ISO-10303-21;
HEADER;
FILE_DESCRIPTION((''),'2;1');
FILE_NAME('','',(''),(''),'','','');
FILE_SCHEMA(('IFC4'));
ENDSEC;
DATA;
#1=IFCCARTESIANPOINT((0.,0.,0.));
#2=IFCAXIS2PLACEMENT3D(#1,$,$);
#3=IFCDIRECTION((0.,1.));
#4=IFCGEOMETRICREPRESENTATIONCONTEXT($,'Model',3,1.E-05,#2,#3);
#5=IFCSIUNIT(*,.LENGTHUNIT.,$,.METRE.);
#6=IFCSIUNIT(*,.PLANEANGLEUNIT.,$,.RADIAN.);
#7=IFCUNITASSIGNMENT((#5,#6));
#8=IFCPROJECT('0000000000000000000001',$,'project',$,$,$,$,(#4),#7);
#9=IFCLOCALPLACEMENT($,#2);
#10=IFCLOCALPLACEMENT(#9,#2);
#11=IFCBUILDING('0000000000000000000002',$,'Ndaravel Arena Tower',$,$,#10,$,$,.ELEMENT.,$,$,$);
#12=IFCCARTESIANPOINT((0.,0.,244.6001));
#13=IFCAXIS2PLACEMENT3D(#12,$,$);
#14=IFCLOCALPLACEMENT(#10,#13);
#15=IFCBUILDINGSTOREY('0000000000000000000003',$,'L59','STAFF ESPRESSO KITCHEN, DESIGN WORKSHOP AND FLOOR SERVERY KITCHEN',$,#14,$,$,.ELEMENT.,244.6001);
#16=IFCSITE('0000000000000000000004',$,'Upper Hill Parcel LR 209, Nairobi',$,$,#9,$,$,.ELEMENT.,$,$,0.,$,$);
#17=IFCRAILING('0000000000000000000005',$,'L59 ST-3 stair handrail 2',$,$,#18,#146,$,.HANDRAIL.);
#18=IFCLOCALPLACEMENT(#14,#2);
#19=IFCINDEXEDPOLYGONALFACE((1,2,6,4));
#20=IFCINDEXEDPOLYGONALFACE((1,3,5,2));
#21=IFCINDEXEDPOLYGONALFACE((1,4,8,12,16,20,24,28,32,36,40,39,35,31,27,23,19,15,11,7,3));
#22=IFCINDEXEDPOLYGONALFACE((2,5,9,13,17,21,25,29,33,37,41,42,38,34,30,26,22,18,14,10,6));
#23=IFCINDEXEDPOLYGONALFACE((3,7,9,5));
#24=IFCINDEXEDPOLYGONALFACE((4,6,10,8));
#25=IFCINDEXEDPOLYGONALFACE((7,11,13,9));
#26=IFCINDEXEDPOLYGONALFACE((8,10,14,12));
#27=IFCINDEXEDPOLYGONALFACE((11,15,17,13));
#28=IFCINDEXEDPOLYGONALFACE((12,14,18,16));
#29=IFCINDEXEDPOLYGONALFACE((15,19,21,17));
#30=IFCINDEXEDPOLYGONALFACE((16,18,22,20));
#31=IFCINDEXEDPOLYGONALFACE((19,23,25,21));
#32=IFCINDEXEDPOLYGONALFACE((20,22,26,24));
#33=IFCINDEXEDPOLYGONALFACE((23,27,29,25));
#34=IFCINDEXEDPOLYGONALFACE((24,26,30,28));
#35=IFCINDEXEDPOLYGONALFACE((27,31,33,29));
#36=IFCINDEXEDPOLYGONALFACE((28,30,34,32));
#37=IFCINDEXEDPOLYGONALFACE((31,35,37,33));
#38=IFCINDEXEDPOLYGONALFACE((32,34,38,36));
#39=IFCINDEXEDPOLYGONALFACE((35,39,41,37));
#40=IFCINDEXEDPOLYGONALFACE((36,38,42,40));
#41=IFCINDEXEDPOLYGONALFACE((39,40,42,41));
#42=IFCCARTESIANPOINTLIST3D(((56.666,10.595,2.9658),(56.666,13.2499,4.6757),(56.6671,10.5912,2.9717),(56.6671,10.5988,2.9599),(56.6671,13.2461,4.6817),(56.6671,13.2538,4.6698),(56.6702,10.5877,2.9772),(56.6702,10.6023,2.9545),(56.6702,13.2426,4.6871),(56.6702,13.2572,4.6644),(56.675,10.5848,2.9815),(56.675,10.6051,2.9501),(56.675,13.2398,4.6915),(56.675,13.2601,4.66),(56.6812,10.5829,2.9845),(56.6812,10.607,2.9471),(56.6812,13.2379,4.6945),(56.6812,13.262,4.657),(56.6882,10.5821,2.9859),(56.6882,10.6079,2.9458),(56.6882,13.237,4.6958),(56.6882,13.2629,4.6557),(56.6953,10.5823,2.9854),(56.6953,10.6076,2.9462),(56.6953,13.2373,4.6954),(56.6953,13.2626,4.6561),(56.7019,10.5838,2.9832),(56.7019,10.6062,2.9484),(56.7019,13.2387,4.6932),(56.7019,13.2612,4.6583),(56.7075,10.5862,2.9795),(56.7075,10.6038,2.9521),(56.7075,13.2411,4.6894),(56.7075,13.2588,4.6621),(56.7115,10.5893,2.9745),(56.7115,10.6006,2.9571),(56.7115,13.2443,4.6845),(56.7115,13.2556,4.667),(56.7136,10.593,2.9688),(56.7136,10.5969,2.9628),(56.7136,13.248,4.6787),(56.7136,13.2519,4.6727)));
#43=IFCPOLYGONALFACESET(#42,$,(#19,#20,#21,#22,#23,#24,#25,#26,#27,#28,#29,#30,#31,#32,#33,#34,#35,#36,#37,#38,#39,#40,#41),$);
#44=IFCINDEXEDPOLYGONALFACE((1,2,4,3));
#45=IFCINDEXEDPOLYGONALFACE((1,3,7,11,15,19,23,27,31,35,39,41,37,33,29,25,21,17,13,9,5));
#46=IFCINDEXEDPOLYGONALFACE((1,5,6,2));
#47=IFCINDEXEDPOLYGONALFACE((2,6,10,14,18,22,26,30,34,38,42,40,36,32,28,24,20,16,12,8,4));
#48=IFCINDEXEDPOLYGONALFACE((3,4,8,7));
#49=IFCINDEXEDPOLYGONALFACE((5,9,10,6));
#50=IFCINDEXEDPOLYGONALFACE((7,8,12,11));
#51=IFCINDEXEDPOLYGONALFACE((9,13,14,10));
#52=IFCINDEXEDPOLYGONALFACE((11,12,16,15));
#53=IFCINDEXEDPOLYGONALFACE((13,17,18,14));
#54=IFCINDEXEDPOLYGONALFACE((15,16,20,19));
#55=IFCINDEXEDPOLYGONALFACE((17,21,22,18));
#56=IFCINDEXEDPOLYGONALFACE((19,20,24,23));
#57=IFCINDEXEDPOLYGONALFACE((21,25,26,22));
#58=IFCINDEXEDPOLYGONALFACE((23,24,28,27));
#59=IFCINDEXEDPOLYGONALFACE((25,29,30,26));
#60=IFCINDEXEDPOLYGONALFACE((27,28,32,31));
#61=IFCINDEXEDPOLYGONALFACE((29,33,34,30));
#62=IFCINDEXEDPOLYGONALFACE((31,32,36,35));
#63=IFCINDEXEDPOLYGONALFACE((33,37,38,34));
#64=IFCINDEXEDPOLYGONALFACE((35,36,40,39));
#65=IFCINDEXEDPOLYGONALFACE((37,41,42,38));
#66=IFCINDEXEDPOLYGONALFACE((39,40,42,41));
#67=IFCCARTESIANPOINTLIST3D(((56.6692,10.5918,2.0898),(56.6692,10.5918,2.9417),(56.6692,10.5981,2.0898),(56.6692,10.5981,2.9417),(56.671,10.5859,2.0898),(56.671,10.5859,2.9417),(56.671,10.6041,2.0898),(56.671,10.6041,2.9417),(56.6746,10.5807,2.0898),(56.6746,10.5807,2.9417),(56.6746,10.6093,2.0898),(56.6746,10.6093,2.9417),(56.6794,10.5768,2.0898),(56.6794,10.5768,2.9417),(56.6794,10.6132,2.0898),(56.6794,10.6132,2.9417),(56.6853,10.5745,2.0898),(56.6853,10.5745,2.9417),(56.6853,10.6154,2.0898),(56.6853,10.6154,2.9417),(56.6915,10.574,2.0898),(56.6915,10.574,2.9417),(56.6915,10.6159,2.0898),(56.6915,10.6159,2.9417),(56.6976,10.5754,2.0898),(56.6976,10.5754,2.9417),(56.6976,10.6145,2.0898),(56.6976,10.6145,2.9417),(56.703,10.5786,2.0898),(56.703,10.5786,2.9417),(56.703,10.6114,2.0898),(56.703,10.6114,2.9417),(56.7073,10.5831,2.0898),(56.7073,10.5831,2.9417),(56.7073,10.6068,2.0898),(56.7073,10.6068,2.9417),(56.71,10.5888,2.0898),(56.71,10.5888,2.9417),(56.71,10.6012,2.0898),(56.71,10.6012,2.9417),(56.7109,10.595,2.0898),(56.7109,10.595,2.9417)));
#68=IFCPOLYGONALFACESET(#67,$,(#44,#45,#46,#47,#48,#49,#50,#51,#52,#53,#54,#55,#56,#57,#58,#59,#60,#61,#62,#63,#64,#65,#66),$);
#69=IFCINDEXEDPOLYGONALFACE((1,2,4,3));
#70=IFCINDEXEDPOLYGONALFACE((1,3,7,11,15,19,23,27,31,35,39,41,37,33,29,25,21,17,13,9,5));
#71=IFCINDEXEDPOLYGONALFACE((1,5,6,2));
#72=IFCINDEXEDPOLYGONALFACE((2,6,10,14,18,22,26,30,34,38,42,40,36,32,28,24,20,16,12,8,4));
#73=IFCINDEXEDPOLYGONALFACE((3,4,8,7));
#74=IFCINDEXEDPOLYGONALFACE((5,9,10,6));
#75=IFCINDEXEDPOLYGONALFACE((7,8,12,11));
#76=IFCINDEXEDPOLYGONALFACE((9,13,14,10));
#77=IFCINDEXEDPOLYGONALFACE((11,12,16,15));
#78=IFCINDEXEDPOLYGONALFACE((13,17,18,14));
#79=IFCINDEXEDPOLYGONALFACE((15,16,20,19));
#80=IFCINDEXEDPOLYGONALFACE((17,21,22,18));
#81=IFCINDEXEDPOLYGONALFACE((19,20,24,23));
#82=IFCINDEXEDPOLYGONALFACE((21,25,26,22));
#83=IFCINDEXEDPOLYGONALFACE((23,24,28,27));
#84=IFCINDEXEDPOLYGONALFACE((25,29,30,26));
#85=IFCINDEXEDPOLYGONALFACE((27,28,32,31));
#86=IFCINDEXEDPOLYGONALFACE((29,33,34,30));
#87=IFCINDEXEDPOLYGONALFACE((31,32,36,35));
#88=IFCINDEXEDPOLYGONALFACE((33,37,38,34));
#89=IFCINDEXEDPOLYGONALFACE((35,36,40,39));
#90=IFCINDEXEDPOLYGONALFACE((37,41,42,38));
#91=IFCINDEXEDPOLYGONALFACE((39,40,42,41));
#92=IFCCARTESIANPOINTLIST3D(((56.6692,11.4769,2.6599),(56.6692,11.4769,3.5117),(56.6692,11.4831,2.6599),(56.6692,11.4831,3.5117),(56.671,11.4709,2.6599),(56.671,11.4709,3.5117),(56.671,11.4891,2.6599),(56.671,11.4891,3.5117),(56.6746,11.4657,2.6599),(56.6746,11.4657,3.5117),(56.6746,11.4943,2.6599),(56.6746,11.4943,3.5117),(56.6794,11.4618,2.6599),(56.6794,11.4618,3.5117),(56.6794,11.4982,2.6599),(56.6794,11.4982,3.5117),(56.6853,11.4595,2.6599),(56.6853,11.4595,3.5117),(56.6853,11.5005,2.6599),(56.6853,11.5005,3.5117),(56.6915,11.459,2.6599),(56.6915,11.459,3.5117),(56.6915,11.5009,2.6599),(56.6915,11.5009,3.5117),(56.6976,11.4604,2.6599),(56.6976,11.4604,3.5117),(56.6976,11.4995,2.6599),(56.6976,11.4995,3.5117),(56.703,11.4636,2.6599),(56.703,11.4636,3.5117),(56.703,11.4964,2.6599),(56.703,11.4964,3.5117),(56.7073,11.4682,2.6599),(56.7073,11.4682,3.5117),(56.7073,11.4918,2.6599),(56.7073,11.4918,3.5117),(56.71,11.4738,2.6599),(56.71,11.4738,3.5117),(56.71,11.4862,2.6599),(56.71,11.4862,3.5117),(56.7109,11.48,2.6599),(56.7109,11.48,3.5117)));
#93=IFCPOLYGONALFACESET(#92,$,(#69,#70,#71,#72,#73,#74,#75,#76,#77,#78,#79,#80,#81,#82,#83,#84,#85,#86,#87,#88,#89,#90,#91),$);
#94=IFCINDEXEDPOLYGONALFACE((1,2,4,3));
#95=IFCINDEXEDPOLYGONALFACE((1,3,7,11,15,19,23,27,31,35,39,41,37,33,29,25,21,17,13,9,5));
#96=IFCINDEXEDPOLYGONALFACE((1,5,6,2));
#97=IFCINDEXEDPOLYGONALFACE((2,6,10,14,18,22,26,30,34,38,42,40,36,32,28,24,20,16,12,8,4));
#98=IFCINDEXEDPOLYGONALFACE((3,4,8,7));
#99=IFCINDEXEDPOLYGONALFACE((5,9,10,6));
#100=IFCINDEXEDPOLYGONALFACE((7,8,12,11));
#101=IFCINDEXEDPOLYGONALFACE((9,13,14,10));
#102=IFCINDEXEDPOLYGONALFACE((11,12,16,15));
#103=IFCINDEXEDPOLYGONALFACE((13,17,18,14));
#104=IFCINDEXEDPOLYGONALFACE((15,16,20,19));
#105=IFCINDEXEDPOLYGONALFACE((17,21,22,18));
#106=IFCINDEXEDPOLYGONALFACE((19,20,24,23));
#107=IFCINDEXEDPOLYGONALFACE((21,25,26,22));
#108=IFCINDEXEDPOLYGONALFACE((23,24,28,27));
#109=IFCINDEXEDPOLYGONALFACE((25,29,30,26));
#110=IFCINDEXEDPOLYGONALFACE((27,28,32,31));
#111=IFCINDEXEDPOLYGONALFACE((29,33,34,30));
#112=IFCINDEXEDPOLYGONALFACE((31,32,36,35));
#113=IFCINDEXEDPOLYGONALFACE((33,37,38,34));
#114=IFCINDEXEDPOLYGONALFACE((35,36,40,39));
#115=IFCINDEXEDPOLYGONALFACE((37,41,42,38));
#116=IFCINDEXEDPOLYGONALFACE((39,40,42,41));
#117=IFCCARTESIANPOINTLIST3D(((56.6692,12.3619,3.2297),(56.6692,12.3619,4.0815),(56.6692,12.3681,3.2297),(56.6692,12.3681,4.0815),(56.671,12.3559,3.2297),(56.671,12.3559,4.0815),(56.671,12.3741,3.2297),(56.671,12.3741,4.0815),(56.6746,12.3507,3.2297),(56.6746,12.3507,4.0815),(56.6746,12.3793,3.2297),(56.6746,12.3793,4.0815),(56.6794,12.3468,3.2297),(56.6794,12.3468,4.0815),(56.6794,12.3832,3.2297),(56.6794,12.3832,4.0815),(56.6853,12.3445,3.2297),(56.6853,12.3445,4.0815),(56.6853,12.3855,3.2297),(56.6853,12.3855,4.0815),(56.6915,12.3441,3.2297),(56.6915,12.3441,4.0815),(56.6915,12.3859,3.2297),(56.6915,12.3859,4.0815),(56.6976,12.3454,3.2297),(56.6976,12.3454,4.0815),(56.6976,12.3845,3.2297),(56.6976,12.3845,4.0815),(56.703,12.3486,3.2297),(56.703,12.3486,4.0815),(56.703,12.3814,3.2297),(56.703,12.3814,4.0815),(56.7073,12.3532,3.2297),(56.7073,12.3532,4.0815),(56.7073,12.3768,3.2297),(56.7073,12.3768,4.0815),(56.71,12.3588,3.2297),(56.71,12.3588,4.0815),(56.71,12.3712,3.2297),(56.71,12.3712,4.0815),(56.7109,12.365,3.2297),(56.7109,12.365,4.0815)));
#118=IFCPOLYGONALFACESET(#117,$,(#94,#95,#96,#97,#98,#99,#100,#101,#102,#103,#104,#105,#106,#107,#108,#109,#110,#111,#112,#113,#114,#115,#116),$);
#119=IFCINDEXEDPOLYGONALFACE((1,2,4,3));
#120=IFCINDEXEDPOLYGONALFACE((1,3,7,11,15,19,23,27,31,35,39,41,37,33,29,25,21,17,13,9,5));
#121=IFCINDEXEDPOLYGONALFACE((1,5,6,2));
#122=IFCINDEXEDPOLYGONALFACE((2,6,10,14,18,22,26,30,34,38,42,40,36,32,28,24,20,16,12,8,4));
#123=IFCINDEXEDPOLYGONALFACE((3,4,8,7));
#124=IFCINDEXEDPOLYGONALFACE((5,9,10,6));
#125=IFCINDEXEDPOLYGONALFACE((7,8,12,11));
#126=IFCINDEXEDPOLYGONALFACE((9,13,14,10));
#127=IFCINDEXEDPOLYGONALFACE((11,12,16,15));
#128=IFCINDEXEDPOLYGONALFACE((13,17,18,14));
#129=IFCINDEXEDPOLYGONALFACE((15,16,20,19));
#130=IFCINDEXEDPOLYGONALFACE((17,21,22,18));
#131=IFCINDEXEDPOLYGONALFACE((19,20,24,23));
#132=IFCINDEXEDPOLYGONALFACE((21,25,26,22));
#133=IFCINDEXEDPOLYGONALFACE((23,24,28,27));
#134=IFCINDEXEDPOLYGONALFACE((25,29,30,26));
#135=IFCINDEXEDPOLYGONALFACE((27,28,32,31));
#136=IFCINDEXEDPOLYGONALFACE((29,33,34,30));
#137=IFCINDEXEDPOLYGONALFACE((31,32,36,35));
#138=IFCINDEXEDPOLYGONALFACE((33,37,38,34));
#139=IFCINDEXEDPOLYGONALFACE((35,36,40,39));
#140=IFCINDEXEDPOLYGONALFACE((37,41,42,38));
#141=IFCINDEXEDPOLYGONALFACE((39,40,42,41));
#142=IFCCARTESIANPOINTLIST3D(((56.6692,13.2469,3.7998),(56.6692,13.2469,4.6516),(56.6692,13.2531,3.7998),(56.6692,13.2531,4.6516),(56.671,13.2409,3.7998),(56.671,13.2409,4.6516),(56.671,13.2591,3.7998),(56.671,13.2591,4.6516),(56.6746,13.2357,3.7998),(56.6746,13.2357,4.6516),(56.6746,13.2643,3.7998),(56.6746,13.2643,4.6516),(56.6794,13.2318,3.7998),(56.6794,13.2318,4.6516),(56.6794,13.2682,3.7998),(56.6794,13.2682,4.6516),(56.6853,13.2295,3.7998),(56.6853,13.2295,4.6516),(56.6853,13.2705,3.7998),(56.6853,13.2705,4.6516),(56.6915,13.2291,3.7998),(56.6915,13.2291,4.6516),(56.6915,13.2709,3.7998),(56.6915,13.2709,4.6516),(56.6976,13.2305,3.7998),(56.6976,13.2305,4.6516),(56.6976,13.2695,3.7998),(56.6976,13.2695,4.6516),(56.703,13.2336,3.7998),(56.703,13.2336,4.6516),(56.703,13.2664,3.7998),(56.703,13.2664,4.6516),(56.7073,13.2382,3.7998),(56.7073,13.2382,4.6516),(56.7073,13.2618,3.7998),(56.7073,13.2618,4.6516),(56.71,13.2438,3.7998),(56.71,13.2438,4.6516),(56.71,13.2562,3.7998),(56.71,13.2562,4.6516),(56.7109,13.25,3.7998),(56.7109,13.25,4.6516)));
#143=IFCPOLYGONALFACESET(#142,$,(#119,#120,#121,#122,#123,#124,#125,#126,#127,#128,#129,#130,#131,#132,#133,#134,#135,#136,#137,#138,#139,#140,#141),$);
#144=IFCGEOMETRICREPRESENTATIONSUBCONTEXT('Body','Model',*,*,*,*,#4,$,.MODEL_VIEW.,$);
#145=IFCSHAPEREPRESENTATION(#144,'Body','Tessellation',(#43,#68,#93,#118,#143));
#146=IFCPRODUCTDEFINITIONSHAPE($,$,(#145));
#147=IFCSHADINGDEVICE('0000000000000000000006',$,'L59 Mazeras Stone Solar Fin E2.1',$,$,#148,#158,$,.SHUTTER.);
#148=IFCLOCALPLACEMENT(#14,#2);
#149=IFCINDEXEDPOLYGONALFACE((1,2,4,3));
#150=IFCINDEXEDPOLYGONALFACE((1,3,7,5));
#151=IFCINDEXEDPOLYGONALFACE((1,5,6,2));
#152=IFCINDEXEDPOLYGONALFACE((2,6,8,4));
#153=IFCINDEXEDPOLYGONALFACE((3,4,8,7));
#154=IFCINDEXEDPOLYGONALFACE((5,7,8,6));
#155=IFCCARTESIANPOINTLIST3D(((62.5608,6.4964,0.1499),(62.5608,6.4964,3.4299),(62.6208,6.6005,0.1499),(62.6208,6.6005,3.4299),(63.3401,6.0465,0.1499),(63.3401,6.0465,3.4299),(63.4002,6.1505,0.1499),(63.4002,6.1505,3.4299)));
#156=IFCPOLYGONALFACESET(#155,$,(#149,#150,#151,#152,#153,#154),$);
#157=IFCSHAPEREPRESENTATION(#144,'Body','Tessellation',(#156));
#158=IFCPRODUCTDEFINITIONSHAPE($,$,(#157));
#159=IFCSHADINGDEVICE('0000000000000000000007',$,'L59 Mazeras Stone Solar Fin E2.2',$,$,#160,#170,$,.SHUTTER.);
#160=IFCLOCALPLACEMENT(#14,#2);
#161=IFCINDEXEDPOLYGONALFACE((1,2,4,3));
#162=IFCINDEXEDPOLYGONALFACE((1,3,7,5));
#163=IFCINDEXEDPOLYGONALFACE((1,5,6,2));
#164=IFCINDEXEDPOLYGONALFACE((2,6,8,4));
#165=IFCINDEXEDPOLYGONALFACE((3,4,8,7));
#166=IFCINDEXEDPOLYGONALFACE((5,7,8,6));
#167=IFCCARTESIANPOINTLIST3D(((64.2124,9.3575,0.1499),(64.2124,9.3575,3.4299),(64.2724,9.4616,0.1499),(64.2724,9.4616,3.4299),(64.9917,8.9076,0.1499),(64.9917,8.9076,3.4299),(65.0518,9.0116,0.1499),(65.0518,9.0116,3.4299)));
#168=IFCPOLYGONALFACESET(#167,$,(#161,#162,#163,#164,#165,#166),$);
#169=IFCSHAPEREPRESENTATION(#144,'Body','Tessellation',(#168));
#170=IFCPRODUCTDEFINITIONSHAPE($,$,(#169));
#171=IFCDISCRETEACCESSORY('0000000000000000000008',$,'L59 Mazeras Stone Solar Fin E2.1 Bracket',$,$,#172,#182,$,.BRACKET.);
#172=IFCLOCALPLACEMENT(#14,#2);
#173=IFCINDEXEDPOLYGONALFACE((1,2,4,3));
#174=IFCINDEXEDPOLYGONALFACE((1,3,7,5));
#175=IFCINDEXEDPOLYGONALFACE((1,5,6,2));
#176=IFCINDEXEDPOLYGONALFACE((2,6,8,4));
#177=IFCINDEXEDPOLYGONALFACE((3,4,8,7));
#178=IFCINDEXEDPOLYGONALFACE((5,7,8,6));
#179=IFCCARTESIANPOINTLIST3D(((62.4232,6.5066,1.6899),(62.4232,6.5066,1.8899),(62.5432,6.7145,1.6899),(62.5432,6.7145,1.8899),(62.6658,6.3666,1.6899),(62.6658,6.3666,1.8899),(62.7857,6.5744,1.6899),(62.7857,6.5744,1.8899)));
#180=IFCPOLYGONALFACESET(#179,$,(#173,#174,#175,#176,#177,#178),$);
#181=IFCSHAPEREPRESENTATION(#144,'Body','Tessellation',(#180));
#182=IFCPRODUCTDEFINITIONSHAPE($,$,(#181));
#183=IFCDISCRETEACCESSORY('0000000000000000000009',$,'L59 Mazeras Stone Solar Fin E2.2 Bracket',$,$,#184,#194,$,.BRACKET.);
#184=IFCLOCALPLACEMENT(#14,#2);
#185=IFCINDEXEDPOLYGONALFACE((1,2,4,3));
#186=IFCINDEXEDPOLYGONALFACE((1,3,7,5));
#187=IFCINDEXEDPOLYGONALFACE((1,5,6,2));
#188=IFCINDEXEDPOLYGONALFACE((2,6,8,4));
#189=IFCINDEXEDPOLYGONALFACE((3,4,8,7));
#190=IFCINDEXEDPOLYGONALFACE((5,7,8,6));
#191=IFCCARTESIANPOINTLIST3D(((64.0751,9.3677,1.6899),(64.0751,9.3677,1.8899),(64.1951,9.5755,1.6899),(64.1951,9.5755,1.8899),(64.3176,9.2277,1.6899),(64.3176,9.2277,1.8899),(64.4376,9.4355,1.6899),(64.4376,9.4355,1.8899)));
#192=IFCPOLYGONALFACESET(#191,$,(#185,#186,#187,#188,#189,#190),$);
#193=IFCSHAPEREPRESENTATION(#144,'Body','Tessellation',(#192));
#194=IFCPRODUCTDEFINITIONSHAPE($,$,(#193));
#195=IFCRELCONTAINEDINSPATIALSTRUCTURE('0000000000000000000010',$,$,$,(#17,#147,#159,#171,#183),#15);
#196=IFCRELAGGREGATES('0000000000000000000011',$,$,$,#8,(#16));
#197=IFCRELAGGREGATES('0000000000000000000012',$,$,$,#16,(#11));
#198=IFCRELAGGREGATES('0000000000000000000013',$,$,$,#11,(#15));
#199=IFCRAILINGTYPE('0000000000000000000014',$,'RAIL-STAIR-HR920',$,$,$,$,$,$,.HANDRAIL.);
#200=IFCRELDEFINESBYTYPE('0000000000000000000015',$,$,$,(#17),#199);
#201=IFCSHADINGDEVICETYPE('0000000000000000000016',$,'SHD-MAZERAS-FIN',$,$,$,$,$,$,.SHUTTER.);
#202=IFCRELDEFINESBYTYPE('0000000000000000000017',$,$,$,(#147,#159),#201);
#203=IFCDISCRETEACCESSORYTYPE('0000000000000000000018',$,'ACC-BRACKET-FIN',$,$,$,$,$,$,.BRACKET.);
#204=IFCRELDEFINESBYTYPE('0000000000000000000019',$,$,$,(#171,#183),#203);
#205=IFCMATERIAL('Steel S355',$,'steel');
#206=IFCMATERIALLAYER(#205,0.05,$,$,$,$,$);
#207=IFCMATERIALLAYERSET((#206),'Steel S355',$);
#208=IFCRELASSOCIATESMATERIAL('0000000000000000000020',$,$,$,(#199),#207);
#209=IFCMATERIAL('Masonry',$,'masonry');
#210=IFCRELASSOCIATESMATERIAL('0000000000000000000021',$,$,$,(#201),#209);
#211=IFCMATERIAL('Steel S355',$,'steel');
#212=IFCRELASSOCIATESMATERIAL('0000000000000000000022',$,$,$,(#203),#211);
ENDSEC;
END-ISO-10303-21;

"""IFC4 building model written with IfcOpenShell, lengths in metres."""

from ifc_helpers import new_model, si_unit, direction, frame, origin, origin_2d, place, context, subcontext, project, spatial, rectangle, circle, extrude, material, layer, layer_set, type_object, element, save


model = new_model("IFC4")

# Units and contexts
model_context = context("Model", 3, precision=1e-05, world=origin(), true_north=direction((0.0, 1.0)))
body_context = subcontext(model_context, "Body", "Model", "MODEL_VIEW")
ifc_project = project(units=[si_unit("LENGTHUNIT", "METRE"), si_unit("PLANEANGLEUNIT", "RADIAN")], contexts=[model_context])

# Site, building, storey
site_placement = place(None, origin())
site = spatial("IfcSite", under=ifc_project, at=site_placement, Name="Upper Hill Parcel LR 209, Nairobi", CompositionType="ELEMENT", RefElevation=0.0)
building_placement = place(site_placement, origin())
building = spatial("IfcBuilding", under=site, at=building_placement, Name="Ndaravel Arena Tower", CompositionType="ELEMENT")
storey_placement = place(building_placement, frame((0.0, 0.0, 244.6001)))
storey = spatial("IfcBuildingStorey", under=building, at=storey_placement, Name="L59", Description="STAFF ESPRESSO KITCHEN, DESIGN WORKSHOP AND FLOOR SERVERY KITCHEN", CompositionType="ELEMENT", Elevation=244.6001)

# Railing
ifc_material_1 = material(Name="Steel S355", Category="steel")
ifc_layer_1 = layer(ifc_material_1, 0.05)
ifc_layer_set_1 = layer_set([ifc_layer_1], Name="Steel S355")
railing_type_1 = type_object("IfcRailingType", Name="RAIL-STAIR-HR920", PredefinedType="HANDRAIL", material=ifc_layer_set_1)
railing_1_placement = place(storey_placement, frame((56.6899, 10.595, 2.0898)))
element("IfcRailing", 1, at=railing_1_placement, inside=storey, type_object=railing_type_1, Name="L59 ST-3 stair handrail 2", PredefinedType="HANDRAIL", context=body_context, shape_type="SweptSolid", body=[
    extrude(circle(Radius=0.0239, at=origin_2d()), frame((0.0, 0.0, 0.876), z_axis=(0.0, 0.840724, 0.541465), x_axis=(-1.0, 0.0, 0.0)), (0.0, 0.0, 1.0), 3.158),
    extrude(circle(Radius=0.021, at=origin_2d()), origin(), (0.0, 0.0, 1.0), 0.8518),
    extrude(circle(Radius=0.021, at=origin_2d()), frame((0.0, 0.885, 0.5701)), (0.0, 0.0, 1.0), 0.8518),
    extrude(circle(Radius=0.021, at=origin_2d()), frame((0.0, 1.77, 1.1399)), (0.0, 0.0, 1.0), 0.8518),
    extrude(circle(Radius=0.021, at=origin_2d()), frame((0.0, 2.655, 1.71)), (0.0, 0.0, 1.0), 0.8518),
])

# Shading devices
ifc_material_2 = material(Name="Masonry", Category="masonry")
shading_device_type = type_object("IfcShadingDeviceType", Name="SHD-MAZERAS-FIN", PredefinedType="SHUTTER", material=ifc_material_2)
for number, where, z_axis, x_axis, name in (
    (2, (62.9805, 6.3235, 0.1499), (0.0, 0.0, 1.0), (0.866025, -0.5, 0.0), "L59 Mazeras Stone Solar Fin E2.1"),
    (3, (64.6321, 9.1846, 0.1499), (0.0, 0.0, 1.0), (0.866025, -0.5, 0.0), "L59 Mazeras Stone Solar Fin E2.2"),
):
    element("IfcShadingDevice", number, at=place(storey_placement, frame(where, z_axis=z_axis, x_axis=x_axis)), inside=storey, type_object=shading_device_type, Name=name, PredefinedType="SHUTTER", context=body_context, shape_type="SweptSolid", body=[
        extrude(rectangle(XDim=0.8999, YDim=0.1201, at=origin_2d()), origin(), (0.0, 0.0, 1.0), 3.28),
    ])

# Discrete accessories
ifc_material_3 = material(Name="Steel S355", Category="steel")
discrete_accessory_type = type_object("IfcDiscreteAccessoryType", Name="ACC-BRACKET-FIN", PredefinedType="BRACKET", material=ifc_material_3)
for number, where, z_axis, x_axis, name in (
    (4, (62.6045, 6.5405, 1.6899), (0.0, 0.0, 1.0), (0.866025, -0.5, 0.0), "L59 Mazeras Stone Solar Fin E2.1 Bracket"),
    (5, (64.2563, 9.4016, 1.6899), (0.0, 0.0, 1.0), (0.866025, -0.5, 0.0), "L59 Mazeras Stone Solar Fin E2.2 Bracket"),
):
    element("IfcDiscreteAccessory", number, at=place(storey_placement, frame(where, z_axis=z_axis, x_axis=x_axis)), inside=storey, type_object=discrete_accessory_type, Name=name, PredefinedType="BRACKET", context=body_context, shape_type="SweptSolid", body=[
        extrude(rectangle(XDim=0.28, YDim=0.24, at=origin_2d()), origin(), (0.0, 0.0, 1.0), 0.2),
    ])

save(model, "model.ifc")
